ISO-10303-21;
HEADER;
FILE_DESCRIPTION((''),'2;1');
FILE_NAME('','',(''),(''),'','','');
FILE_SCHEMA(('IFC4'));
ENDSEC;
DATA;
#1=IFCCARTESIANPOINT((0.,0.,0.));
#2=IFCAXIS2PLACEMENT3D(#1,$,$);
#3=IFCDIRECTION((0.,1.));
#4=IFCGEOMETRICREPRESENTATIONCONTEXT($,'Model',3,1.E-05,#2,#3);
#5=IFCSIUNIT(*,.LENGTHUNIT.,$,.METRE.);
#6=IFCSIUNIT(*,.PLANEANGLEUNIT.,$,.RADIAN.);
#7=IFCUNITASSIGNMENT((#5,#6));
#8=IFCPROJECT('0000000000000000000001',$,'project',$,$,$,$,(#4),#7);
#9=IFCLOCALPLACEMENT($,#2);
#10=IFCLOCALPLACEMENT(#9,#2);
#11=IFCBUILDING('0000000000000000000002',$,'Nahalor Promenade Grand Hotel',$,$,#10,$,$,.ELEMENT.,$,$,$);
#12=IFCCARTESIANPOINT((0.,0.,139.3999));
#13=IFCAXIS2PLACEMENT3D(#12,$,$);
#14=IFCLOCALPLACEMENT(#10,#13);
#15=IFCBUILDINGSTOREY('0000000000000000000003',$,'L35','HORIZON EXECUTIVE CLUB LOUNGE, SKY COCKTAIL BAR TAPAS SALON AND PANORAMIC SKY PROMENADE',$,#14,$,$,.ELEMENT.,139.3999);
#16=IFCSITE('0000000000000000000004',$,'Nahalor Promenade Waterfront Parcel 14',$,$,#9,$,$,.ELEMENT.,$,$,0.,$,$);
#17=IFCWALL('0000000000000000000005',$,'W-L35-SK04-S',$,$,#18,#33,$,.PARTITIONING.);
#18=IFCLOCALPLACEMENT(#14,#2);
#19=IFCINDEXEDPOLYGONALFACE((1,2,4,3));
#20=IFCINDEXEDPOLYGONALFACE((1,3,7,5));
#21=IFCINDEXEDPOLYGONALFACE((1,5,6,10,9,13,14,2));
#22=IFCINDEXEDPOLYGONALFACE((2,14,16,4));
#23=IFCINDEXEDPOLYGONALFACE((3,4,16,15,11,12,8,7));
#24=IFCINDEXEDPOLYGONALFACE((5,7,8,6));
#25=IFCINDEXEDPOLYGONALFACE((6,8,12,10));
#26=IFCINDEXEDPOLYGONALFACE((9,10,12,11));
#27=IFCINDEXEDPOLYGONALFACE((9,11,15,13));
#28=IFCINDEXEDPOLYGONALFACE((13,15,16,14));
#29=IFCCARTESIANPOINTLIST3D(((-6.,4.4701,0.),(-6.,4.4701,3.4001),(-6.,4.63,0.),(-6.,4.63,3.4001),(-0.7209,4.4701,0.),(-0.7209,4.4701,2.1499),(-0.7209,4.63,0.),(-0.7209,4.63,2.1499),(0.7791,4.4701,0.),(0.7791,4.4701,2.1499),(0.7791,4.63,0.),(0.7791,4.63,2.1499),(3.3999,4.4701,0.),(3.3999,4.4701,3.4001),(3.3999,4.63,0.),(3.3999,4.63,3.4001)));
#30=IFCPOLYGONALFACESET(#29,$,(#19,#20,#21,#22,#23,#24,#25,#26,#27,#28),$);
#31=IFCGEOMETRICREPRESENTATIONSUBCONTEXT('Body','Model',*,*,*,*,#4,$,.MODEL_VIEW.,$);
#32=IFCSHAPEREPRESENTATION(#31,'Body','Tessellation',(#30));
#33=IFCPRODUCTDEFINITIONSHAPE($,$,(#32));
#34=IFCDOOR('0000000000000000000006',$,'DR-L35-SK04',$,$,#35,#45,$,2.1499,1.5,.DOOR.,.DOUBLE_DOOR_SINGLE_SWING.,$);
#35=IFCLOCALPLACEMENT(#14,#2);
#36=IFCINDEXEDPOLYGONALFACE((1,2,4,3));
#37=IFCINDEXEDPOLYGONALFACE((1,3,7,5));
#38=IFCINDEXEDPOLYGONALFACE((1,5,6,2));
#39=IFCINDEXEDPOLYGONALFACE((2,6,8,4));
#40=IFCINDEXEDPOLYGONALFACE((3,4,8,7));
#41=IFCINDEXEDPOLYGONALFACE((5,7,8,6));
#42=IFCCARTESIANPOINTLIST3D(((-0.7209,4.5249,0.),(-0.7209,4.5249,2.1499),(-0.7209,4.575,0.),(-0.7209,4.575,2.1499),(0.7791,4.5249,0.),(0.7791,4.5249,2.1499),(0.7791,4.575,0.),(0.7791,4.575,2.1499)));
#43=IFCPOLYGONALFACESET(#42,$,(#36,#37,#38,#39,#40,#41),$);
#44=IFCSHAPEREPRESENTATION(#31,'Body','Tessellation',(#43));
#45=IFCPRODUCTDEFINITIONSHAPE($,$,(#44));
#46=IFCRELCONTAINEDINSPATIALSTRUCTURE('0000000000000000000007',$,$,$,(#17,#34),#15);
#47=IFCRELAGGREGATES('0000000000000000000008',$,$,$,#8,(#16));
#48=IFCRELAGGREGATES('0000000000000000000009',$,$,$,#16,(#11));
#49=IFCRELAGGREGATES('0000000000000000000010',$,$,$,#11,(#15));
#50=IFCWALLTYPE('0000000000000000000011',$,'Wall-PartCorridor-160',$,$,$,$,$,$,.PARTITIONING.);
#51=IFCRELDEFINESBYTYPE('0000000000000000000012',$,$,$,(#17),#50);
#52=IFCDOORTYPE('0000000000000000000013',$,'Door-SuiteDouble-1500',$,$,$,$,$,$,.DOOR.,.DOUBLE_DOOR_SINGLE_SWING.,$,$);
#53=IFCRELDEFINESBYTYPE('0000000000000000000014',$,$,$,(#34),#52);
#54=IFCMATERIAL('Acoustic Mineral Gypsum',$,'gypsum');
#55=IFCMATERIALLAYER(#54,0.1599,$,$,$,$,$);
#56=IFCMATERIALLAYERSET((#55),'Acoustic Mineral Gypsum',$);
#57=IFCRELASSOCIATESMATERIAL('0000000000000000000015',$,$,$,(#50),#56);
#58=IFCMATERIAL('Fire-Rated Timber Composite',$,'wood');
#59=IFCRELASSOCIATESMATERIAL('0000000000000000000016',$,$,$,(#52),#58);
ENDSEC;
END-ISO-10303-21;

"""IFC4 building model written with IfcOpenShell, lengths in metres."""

from ifc_helpers import new_model, si_unit, direction, frame, frame_2d, origin, place, context, subcontext, project, spatial, rectangle, extrude, source, transform, mapped, material, layer, layer_set, type_object, element, fill, save


model = new_model("IFC4")

# Units and contexts
model_context = context("Model", 3, precision=1e-05, world=origin(), true_north=direction((0.0, 1.0)))
body_context = subcontext(model_context, "Body", "Model", "MODEL_VIEW")
ifc_project = project(units=[si_unit("LENGTHUNIT", "METRE"), si_unit("PLANEANGLEUNIT", "RADIAN")], contexts=[model_context])

# Site, building, storey
site_placement = place(None, origin())
site = spatial("IfcSite", under=ifc_project, at=site_placement, Name="Nahalor Promenade Waterfront Parcel 14", CompositionType="ELEMENT", RefElevation=0.0)
building_placement = place(site_placement, origin())
building = spatial("IfcBuilding", under=site, at=building_placement, Name="Nahalor Promenade Grand Hotel", CompositionType="ELEMENT")
storey_placement = place(building_placement, frame((0.0, 0.0, 139.3999)))
storey = spatial("IfcBuildingStorey", under=building, at=storey_placement, Name="L35", Description="HORIZON EXECUTIVE CLUB LOUNGE, SKY COCKTAIL BAR TAPAS SALON AND PANORAMIC SKY PROMENADE", CompositionType="ELEMENT", Elevation=139.3999)

# Shared definitions
ifc_material_1 = material(Name="Acoustic Mineral Gypsum", Category="gypsum")
ifc_layer_1 = layer(ifc_material_1, 0.1599)
ifc_layer_set_1 = layer_set([ifc_layer_1], Name="Acoustic Mineral Gypsum")
wall_type_1 = type_object("IfcWallType", Name="Wall-PartCorridor-160", PredefinedType="PARTITIONING", material=ifc_layer_set_1)
ifc_material_2 = material(Name="Fire-Rated Timber Composite", Category="wood")

# Wall, opening, door
shared_shape_1 = source(origin(), body_context, "Body", "SweptSolid", [
    extrude(rectangle(XDim=9.3999, YDim=0.1599, at=frame_2d((4.7, 0.0))), origin(), (0.0, 0.0, 1.0), 3.4001),
])
wall_1_placement = place(storey_placement, frame((-6.0, 4.55, 0.0), z_axis=(0.0, 0.0, 1.0), x_axis=(1.0, 0.0, 0.0)))
wall_1 = element("IfcWall", 1, at=wall_1_placement, inside=storey, type_object=wall_type_1, Name="W-L35-SK04-S", PredefinedType="PARTITIONING", context=body_context, shape_type="MappedRepresentation", body=[
    mapped(shared_shape_1, transform((0.0, 0.0, 0.0), scale=1.0)),
])
opening_1_placement = place(wall_1_placement, frame((5.2791, 0.0, 0.0)))
opening_1 = element("IfcOpeningElement", 2, at=opening_1_placement, cuts=wall_1, PredefinedType="OPENING", context=body_context, shape_type="SweptSolid", body=[
    extrude(rectangle(XDim=1.5, YDim=2.1499, at=frame_2d((0.75, 1.075))), frame((0.0, 0.0898, 0.0), z_axis=(0.0, -1.0, 0.0), x_axis=(1.0, 0.0, 0.0)), (0.0, 0.0, 1.0), 0.1799),
])
door_type_1 = type_object("IfcDoorType", Name="Door-SuiteDouble-1500", OperationType="DOUBLE_DOOR_SINGLE_SWING", PredefinedType="DOOR", material=ifc_material_2)
shared_shape_2 = source(origin(), body_context, "Body", "SweptSolid", [
    extrude(rectangle(XDim=1.5, YDim=2.1499, at=frame_2d((0.75, 1.075))), frame((0.0, 0.0249, 0.0), z_axis=(0.0, -1.0, 0.0), x_axis=(1.0, 0.0, 0.0)), (0.0, 0.0, 1.0), 0.05),
])
door_1_placement = place(opening_1_placement, origin())
door_1 = element("IfcDoor", 3, at=door_1_placement, inside=storey, type_object=door_type_1, Name="DR-L35-SK04", OperationType="DOUBLE_DOOR_SINGLE_SWING", OverallHeight=2.1499, OverallWidth=1.5, PredefinedType="DOOR", context=body_context, shape_type="MappedRepresentation", body=[
    mapped(shared_shape_2, transform((0.0, 0.0, 0.0), scale=1.0)),
])
fill(opening_1, door_1)

save(model, "model.ifc")
